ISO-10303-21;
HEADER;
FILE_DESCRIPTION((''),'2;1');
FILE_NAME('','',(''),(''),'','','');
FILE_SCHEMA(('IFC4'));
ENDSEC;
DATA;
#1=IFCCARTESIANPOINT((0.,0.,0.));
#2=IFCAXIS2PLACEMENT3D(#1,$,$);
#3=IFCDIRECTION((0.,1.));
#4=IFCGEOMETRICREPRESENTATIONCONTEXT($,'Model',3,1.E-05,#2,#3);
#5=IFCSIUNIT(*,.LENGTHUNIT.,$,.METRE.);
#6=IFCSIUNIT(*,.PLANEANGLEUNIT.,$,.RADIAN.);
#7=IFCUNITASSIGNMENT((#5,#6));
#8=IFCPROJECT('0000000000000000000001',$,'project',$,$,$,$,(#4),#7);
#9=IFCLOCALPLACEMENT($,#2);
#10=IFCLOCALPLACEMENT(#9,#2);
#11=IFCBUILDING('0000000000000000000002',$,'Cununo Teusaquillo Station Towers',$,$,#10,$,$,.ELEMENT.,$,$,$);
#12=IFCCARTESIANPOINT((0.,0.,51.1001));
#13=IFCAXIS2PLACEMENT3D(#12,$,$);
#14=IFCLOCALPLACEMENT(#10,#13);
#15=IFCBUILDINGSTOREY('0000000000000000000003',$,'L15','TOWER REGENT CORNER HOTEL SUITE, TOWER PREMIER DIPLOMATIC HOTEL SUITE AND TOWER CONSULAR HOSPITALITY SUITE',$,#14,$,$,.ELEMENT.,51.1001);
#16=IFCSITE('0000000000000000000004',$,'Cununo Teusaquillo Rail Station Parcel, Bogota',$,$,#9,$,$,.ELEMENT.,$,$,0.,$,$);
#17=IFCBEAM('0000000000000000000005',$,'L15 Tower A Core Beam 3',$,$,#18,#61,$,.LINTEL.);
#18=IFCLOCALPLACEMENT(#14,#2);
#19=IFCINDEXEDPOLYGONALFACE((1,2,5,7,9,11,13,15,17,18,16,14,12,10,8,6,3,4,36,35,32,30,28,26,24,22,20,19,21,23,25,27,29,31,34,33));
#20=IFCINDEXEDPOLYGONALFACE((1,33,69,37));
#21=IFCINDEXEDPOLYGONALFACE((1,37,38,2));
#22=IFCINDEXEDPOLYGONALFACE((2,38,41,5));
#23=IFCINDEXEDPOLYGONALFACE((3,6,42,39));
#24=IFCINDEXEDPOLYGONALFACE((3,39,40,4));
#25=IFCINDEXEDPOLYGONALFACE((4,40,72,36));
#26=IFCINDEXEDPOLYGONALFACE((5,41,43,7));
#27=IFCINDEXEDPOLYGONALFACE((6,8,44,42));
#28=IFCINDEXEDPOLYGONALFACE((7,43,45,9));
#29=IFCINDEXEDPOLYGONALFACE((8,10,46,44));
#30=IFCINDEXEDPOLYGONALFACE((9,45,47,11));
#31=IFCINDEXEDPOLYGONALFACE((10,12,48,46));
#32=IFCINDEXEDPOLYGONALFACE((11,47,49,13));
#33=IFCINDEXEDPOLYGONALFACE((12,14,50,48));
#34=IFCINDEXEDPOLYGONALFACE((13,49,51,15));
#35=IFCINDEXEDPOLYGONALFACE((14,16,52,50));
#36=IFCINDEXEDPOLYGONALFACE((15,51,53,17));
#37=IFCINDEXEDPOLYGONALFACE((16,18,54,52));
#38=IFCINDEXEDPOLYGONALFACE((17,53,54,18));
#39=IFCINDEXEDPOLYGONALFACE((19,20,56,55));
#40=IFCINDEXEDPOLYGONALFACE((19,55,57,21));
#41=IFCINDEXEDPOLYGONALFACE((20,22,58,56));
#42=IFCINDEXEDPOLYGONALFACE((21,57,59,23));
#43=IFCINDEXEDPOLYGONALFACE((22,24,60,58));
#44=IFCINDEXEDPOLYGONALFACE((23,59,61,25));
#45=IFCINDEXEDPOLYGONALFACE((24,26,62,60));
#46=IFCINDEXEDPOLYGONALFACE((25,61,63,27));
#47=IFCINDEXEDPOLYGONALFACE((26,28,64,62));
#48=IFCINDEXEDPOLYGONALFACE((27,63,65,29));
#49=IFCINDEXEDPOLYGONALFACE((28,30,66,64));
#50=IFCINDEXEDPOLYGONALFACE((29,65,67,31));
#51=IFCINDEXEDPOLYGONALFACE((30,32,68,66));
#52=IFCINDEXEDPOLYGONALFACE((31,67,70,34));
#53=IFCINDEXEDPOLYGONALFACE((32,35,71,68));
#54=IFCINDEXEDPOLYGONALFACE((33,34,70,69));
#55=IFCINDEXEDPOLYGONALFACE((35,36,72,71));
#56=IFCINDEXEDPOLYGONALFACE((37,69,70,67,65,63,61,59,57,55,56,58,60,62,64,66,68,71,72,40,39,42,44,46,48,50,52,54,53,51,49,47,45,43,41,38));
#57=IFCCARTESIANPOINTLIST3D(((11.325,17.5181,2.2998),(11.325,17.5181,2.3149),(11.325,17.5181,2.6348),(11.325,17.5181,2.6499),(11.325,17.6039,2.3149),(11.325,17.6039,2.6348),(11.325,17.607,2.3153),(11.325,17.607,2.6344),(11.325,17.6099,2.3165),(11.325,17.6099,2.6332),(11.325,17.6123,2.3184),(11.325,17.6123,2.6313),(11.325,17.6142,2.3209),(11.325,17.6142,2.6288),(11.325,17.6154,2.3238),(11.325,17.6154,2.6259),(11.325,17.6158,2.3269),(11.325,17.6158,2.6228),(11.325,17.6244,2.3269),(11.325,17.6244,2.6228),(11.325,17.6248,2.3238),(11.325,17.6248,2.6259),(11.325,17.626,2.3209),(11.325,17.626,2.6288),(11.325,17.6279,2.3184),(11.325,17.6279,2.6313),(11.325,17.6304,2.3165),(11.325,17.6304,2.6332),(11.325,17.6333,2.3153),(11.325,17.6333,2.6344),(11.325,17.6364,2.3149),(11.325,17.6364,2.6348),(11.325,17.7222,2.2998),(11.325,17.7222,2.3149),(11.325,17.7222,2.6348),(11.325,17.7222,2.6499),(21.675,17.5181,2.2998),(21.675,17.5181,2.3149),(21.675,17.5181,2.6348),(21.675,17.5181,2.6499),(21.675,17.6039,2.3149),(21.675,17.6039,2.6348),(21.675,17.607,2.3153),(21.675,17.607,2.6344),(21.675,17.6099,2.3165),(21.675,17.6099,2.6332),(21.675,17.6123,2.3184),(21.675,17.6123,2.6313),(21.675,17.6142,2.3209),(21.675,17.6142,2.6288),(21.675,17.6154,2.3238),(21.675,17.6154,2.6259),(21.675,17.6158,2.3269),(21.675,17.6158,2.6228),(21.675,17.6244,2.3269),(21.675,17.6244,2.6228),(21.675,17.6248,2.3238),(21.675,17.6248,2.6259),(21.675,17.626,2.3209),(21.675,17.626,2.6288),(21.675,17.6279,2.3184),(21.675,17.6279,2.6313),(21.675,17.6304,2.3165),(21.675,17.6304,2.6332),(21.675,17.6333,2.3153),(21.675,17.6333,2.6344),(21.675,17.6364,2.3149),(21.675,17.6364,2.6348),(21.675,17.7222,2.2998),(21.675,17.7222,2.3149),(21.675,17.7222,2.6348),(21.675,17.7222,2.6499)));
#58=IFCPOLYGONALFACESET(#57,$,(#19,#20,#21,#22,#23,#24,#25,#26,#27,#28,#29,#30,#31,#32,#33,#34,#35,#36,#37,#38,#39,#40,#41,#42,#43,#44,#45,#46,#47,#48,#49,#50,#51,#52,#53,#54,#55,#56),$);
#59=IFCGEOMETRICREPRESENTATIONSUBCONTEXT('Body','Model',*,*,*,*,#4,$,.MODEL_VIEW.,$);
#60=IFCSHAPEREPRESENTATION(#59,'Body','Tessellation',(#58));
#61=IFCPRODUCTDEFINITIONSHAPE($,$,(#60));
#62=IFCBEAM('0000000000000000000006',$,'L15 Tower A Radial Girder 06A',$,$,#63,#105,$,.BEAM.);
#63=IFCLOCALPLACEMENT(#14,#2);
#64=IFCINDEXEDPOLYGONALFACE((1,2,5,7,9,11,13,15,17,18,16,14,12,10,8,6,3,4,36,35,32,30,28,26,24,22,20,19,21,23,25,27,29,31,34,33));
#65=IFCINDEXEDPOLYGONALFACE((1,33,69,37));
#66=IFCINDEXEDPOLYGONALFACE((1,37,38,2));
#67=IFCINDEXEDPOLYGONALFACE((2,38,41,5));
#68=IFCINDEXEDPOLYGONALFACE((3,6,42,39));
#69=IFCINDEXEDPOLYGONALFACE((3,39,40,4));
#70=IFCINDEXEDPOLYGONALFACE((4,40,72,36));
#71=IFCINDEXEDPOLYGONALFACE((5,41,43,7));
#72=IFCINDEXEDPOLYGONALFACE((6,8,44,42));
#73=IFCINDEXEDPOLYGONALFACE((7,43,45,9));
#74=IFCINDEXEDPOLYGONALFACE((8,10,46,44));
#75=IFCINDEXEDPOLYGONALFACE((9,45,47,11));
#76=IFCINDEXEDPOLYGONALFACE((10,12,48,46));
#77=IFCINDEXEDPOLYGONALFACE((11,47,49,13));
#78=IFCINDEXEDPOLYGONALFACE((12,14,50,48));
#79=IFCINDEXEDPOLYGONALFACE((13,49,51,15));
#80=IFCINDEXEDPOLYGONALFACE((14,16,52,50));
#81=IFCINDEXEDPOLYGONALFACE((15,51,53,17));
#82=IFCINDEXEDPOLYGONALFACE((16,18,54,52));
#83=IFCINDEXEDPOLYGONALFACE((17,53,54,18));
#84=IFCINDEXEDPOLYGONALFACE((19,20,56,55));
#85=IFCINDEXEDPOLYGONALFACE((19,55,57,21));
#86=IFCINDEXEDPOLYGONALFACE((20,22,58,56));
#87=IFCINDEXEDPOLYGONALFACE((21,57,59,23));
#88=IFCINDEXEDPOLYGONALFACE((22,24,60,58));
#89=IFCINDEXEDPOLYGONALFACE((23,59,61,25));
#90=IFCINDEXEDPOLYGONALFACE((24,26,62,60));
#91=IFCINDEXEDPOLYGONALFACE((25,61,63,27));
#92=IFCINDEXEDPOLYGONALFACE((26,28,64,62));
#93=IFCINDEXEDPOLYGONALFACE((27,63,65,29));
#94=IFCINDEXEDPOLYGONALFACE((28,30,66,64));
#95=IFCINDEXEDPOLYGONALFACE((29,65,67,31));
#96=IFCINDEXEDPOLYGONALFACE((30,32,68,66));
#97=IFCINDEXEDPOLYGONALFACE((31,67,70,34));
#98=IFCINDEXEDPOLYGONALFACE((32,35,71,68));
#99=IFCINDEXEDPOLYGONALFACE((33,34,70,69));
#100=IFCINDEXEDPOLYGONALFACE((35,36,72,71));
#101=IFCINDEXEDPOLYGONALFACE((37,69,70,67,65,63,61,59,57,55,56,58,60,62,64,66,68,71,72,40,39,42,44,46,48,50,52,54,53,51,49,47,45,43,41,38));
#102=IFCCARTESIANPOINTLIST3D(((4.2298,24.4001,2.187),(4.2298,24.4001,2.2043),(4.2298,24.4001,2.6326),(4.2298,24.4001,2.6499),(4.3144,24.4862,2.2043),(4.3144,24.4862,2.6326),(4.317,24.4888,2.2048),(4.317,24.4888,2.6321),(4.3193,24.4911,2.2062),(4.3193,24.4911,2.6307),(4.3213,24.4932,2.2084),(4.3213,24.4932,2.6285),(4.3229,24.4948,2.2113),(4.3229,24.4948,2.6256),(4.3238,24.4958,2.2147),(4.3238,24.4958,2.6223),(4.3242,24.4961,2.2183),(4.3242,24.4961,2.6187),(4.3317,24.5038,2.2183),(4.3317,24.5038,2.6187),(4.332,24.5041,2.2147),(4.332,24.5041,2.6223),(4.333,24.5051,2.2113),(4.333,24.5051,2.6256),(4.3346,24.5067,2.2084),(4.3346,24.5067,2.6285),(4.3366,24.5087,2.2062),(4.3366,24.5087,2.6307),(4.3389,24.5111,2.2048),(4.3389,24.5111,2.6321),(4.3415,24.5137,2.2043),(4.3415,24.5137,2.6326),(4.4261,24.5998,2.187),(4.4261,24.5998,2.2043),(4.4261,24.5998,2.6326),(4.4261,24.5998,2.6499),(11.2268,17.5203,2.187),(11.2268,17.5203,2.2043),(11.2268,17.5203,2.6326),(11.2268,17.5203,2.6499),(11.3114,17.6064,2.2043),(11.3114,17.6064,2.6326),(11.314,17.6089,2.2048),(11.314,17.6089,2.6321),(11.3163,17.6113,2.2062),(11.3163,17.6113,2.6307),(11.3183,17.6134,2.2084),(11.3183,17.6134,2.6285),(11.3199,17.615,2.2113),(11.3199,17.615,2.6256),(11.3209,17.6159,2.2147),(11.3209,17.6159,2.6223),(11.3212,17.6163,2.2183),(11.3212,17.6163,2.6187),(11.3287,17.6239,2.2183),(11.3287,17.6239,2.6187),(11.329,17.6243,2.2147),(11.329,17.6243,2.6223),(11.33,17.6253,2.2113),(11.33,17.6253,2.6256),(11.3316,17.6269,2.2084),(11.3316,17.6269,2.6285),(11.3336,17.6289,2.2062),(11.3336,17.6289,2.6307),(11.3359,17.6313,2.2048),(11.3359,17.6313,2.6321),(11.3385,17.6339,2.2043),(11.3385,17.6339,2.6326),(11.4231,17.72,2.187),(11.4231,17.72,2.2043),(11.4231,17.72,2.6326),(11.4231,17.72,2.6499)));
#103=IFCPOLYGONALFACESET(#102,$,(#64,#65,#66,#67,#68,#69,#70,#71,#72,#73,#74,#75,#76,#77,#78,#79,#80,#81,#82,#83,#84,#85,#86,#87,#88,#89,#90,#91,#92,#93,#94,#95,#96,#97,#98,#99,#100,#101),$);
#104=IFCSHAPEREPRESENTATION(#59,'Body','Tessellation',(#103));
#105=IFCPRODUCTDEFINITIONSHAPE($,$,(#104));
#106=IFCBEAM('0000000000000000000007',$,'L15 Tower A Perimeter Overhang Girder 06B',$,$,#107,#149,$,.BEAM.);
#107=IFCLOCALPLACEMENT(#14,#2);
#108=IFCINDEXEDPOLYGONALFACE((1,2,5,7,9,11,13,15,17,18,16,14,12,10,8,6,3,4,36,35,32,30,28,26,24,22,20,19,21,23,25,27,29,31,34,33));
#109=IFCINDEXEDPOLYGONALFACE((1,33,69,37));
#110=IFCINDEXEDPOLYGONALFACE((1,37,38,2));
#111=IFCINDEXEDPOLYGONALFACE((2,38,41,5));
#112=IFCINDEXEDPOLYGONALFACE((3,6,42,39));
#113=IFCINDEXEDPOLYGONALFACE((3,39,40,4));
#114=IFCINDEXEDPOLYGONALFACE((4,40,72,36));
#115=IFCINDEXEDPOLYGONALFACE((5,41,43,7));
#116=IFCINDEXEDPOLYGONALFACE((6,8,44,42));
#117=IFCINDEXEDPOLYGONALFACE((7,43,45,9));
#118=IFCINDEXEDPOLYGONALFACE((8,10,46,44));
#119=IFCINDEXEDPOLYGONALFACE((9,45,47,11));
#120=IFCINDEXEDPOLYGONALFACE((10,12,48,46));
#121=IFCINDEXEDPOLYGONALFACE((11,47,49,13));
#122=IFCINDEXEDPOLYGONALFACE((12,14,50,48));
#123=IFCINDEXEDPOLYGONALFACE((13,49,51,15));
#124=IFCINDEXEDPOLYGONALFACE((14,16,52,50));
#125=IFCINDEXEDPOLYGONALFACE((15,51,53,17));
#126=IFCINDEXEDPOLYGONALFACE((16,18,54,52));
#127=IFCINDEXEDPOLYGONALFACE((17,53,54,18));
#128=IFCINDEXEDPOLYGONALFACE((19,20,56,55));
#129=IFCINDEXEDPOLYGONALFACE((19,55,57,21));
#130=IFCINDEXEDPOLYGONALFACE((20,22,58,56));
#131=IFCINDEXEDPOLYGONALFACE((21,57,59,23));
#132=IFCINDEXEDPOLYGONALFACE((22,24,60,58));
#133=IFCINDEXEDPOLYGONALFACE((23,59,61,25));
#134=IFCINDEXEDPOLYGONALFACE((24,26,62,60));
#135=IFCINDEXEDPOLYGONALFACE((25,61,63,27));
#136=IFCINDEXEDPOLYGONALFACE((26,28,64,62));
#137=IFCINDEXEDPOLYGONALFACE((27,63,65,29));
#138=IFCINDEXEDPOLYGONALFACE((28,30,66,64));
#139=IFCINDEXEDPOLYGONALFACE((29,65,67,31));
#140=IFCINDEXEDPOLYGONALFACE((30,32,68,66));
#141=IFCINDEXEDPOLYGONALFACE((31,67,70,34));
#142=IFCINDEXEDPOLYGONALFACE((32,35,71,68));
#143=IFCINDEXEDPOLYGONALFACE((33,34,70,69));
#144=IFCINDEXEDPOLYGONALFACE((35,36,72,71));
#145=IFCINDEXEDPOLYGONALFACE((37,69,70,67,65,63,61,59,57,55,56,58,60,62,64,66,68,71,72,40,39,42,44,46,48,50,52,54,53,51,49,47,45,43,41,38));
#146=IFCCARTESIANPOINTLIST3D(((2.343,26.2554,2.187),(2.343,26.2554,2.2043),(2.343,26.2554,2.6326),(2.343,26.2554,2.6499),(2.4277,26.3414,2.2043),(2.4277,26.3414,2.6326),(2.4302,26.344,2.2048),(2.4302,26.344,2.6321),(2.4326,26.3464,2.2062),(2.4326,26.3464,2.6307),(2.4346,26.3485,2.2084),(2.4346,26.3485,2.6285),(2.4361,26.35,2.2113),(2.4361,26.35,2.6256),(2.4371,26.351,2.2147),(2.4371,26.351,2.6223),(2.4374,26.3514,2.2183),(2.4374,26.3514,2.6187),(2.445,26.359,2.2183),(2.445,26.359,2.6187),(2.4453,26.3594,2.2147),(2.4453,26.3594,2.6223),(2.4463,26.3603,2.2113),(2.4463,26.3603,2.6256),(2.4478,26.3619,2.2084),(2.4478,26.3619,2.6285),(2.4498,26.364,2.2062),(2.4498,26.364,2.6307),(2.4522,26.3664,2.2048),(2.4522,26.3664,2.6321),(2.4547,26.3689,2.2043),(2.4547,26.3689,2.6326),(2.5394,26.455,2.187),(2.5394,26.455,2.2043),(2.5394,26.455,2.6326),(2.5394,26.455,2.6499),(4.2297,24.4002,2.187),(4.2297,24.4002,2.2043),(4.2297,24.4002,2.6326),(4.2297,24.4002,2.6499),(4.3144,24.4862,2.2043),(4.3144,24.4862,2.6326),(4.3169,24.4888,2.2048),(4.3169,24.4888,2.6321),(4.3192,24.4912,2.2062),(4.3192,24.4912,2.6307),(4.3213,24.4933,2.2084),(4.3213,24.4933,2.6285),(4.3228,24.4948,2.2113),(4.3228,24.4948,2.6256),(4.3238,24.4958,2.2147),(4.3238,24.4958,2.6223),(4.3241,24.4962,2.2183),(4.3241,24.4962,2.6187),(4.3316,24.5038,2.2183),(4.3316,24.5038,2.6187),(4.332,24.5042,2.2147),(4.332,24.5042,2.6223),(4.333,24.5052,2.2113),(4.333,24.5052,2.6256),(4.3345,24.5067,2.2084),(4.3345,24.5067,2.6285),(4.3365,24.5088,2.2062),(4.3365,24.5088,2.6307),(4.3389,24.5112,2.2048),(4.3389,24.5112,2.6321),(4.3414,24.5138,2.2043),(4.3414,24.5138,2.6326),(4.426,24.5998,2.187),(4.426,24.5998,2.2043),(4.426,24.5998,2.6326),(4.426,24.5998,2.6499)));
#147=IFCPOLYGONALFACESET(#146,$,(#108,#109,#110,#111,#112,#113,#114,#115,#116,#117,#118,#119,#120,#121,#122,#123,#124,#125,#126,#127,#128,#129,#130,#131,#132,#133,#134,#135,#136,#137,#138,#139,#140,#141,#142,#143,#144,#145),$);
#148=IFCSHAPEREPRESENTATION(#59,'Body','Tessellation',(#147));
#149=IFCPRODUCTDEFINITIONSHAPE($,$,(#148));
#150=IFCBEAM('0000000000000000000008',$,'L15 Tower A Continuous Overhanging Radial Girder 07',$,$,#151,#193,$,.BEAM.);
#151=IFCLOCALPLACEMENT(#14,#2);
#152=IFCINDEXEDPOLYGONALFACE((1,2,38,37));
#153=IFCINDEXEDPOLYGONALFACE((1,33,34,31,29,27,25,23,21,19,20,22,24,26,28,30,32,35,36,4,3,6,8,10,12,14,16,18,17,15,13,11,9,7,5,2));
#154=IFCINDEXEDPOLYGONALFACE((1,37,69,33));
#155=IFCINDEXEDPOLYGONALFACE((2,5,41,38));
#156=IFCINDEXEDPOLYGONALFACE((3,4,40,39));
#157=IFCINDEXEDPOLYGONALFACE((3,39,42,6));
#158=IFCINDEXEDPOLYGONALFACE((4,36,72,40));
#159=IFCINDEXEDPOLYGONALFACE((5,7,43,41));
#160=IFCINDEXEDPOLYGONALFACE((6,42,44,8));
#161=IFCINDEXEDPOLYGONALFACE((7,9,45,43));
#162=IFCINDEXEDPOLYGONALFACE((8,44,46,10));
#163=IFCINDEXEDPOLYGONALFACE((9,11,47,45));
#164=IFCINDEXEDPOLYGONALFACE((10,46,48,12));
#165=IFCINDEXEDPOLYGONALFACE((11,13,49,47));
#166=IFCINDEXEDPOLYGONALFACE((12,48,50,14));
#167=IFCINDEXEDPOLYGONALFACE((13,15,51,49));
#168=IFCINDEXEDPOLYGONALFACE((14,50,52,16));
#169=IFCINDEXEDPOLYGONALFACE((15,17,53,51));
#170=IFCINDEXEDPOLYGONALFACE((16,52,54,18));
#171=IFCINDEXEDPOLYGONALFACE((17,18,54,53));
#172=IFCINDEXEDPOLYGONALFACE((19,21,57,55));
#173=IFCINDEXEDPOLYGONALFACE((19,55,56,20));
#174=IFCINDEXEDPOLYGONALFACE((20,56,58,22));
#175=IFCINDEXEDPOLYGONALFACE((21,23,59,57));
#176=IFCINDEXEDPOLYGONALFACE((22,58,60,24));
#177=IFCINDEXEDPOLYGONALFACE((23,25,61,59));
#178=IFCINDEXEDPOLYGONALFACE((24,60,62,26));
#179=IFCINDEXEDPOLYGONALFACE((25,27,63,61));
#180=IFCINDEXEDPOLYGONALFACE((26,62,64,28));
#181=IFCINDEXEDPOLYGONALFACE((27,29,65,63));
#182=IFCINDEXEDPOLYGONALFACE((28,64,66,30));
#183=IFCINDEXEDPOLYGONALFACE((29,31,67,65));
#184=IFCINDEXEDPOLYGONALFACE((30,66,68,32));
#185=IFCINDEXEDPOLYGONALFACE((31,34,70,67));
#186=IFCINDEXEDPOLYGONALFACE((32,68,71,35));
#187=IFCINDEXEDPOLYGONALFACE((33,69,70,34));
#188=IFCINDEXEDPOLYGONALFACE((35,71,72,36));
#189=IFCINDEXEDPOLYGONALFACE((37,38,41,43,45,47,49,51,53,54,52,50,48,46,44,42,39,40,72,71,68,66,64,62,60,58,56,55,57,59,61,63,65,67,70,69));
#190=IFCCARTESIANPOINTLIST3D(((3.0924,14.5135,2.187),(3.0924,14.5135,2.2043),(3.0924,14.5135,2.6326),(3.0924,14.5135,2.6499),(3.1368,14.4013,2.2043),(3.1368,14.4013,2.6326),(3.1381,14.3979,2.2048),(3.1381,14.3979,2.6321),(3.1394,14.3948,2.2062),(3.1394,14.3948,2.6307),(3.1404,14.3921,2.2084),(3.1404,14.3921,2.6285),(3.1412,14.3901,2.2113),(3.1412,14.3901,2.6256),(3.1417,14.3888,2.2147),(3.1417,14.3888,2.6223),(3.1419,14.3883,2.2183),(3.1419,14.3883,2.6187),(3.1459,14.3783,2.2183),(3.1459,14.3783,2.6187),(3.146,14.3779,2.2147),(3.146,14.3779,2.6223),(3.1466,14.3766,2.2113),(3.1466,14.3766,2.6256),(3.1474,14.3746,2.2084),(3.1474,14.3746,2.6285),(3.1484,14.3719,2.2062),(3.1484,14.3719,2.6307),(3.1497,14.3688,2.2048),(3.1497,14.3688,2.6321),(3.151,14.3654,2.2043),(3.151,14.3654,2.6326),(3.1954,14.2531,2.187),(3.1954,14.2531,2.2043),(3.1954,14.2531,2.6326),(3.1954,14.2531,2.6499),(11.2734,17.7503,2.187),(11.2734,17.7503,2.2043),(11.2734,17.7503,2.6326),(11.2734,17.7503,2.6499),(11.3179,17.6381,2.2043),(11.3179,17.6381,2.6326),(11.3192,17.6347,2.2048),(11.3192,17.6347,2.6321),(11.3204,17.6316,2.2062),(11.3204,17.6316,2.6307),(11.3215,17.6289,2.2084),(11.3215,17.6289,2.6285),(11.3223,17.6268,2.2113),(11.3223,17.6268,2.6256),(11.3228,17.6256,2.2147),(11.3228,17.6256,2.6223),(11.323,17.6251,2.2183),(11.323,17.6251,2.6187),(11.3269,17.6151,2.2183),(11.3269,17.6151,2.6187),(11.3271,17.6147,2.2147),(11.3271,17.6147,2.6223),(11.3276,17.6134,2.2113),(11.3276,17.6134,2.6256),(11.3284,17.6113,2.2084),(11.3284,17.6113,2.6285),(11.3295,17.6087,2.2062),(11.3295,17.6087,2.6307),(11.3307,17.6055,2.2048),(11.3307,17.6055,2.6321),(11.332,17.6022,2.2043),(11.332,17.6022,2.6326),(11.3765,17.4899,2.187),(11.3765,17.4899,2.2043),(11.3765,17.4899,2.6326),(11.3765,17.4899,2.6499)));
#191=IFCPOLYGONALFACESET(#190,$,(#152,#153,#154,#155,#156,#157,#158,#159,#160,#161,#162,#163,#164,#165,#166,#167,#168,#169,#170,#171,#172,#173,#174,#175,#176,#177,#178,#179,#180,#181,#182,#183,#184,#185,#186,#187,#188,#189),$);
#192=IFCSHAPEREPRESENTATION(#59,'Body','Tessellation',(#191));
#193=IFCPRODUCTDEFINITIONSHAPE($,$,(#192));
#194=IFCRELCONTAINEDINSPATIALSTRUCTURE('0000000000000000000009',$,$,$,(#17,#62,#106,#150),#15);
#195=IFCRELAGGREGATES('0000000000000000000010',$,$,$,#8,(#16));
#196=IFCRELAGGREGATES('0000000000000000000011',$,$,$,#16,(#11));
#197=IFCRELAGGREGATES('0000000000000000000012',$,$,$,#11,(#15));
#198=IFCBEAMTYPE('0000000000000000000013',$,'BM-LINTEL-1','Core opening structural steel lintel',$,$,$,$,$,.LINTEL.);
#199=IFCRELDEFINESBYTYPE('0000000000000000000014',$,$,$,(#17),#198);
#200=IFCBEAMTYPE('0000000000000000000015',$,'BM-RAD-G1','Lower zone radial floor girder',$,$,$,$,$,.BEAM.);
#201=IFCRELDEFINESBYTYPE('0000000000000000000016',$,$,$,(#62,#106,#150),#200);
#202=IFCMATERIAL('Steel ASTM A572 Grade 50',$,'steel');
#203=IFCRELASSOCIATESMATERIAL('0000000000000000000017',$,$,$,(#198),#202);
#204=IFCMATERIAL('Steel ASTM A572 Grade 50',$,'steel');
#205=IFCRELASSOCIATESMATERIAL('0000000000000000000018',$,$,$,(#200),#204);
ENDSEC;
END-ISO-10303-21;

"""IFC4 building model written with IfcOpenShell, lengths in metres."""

from ifc_helpers import new_model, si_unit, direction, frame, origin, origin_2d, place, context, subcontext, project, spatial, i_section, extrude, material, material_profile, profile_set, type_object, element, save


model = new_model("IFC4")

# Units and contexts
model_context = context("Model", 3, precision=1e-05, world=origin(), true_north=direction((0.0, 1.0)))
body_context = subcontext(model_context, "Body", "Model", "MODEL_VIEW")
ifc_project = project(units=[si_unit("LENGTHUNIT", "METRE"), si_unit("PLANEANGLEUNIT", "RADIAN")], contexts=[model_context])

# Site, building, storey
site_placement = place(None, origin())
site = spatial("IfcSite", under=ifc_project, at=site_placement, Name="Cununo Teusaquillo Rail Station Parcel, Bogota", CompositionType="ELEMENT", RefElevation=0.0)
building_placement = place(site_placement, origin())
building = spatial("IfcBuilding", under=site, at=building_placement, Name="Cununo Teusaquillo Station Towers", CompositionType="ELEMENT")
storey_placement = place(building_placement, frame((0.0, 0.0, 51.1001)))
storey = spatial("IfcBuildingStorey", under=building, at=storey_placement, Name="L15", Description="TOWER REGENT CORNER HOTEL SUITE, TOWER PREMIER DIPLOMATIC HOTEL SUITE AND TOWER CONSULAR HOSPITALITY SUITE", CompositionType="ELEMENT", Elevation=51.1001)

# Beams
ifc_material_1 = material(Name="Steel ASTM A572 Grade 50", Category="steel")
ifc_material_profile_1 = material_profile(ifc_material_1, i_section(OverallWidth=0.2041, OverallDepth=0.3501, WebThickness=0.0085, FlangeThickness=0.0151, FilletRadius=0.012, at=origin_2d()), Name="W14X48")
ifc_profile_set_1 = profile_set([ifc_material_profile_1], Name="Steel ASTM A572 Grade 50")
beam_type_1 = type_object("IfcBeamType", Name="BM-LINTEL-1", Description="Core opening structural steel lintel", PredefinedType="LINTEL", material=ifc_profile_set_1)
beam_1_placement = place(storey_placement, frame((11.325, 17.6201, 2.4749), z_axis=(1.0, 0.0, 0.0), x_axis=(0.0, 1.0, 0.0)))
element("IfcBeam", 1, at=beam_1_placement, inside=storey, type_object=beam_type_1, Name="L15 Tower A Core Beam 3", PredefinedType="LINTEL", context=body_context, shape_type="SweptSolid", body=[
    extrude(i_section(OverallWidth=0.2041, OverallDepth=0.3501, WebThickness=0.0085, FlangeThickness=0.0151, FilletRadius=0.012, at=origin_2d()), origin(), (0.0, 0.0, 1.0), 10.3501),
])
ifc_material_2 = material(Name="Steel ASTM A572 Grade 50", Category="steel")
ifc_material_profile_2 = material_profile(ifc_material_2, i_section(OverallWidth=0.28, OverallDepth=0.4629, WebThickness=0.0107, FlangeThickness=0.0173, FilletRadius=0.0139, at=origin_2d()), Name="W18X76")
ifc_profile_set_2 = profile_set([ifc_material_profile_2], Name="Steel ASTM A572 Grade 50")
beam_type_2 = type_object("IfcBeamType", Name="BM-RAD-G1", Description="Lower zone radial floor girder", PredefinedType="BEAM", material=ifc_profile_set_2)
beam_2_placement = place(storey_placement, frame((11.325, 17.6201, 2.4185), z_axis=(-0.713053, 0.70111, 0.0), x_axis=(-0.70111, -0.713053, 0.0)))
element("IfcBeam", 2, at=beam_2_placement, inside=storey, type_object=beam_type_2, Name="L15 Tower A Radial Girder 06A", PredefinedType="BEAM", context=body_context, shape_type="SweptSolid", body=[
    extrude(i_section(OverallWidth=0.28, OverallDepth=0.4629, WebThickness=0.0107, FlangeThickness=0.0173, FilletRadius=0.0139, at=origin_2d()), origin(), (0.0, 0.0, 1.0), 9.8127),
])
beam_3_placement = place(storey_placement, frame((4.3279, 24.5, 2.4185), z_axis=(-0.713033, 0.701131, 0.0), x_axis=(-0.701131, -0.713033, 0.0)))
element("IfcBeam", 3, at=beam_3_placement, inside=storey, type_object=beam_type_2, Name="L15 Tower A Perimeter Overhang Girder 06B", PredefinedType="BEAM", context=body_context, shape_type="SweptSolid", body=[
    extrude(i_section(OverallWidth=0.28, OverallDepth=0.4629, WebThickness=0.0107, FlangeThickness=0.0173, FilletRadius=0.0139, at=origin_2d()), origin(), (0.0, 0.0, 1.0), 2.646),
])
beam_4_placement = place(storey_placement, frame((11.325, 17.6201, 2.4185), z_axis=(-0.929867, -0.367896, 0.0), x_axis=(0.367896, -0.929867, 0.0)))
element("IfcBeam", 4, at=beam_4_placement, inside=storey, type_object=beam_type_2, Name="L15 Tower A Continuous Overhanging Radial Girder 07", PredefinedType="BEAM", context=body_context, shape_type="SweptSolid", body=[
    extrude(i_section(OverallWidth=0.28, OverallDepth=0.4629, WebThickness=0.0107, FlangeThickness=0.0173, FilletRadius=0.0139, at=origin_2d()), origin(), (0.0, 0.0, 1.0), 8.7981),
])

save(model, "model.ifc")
